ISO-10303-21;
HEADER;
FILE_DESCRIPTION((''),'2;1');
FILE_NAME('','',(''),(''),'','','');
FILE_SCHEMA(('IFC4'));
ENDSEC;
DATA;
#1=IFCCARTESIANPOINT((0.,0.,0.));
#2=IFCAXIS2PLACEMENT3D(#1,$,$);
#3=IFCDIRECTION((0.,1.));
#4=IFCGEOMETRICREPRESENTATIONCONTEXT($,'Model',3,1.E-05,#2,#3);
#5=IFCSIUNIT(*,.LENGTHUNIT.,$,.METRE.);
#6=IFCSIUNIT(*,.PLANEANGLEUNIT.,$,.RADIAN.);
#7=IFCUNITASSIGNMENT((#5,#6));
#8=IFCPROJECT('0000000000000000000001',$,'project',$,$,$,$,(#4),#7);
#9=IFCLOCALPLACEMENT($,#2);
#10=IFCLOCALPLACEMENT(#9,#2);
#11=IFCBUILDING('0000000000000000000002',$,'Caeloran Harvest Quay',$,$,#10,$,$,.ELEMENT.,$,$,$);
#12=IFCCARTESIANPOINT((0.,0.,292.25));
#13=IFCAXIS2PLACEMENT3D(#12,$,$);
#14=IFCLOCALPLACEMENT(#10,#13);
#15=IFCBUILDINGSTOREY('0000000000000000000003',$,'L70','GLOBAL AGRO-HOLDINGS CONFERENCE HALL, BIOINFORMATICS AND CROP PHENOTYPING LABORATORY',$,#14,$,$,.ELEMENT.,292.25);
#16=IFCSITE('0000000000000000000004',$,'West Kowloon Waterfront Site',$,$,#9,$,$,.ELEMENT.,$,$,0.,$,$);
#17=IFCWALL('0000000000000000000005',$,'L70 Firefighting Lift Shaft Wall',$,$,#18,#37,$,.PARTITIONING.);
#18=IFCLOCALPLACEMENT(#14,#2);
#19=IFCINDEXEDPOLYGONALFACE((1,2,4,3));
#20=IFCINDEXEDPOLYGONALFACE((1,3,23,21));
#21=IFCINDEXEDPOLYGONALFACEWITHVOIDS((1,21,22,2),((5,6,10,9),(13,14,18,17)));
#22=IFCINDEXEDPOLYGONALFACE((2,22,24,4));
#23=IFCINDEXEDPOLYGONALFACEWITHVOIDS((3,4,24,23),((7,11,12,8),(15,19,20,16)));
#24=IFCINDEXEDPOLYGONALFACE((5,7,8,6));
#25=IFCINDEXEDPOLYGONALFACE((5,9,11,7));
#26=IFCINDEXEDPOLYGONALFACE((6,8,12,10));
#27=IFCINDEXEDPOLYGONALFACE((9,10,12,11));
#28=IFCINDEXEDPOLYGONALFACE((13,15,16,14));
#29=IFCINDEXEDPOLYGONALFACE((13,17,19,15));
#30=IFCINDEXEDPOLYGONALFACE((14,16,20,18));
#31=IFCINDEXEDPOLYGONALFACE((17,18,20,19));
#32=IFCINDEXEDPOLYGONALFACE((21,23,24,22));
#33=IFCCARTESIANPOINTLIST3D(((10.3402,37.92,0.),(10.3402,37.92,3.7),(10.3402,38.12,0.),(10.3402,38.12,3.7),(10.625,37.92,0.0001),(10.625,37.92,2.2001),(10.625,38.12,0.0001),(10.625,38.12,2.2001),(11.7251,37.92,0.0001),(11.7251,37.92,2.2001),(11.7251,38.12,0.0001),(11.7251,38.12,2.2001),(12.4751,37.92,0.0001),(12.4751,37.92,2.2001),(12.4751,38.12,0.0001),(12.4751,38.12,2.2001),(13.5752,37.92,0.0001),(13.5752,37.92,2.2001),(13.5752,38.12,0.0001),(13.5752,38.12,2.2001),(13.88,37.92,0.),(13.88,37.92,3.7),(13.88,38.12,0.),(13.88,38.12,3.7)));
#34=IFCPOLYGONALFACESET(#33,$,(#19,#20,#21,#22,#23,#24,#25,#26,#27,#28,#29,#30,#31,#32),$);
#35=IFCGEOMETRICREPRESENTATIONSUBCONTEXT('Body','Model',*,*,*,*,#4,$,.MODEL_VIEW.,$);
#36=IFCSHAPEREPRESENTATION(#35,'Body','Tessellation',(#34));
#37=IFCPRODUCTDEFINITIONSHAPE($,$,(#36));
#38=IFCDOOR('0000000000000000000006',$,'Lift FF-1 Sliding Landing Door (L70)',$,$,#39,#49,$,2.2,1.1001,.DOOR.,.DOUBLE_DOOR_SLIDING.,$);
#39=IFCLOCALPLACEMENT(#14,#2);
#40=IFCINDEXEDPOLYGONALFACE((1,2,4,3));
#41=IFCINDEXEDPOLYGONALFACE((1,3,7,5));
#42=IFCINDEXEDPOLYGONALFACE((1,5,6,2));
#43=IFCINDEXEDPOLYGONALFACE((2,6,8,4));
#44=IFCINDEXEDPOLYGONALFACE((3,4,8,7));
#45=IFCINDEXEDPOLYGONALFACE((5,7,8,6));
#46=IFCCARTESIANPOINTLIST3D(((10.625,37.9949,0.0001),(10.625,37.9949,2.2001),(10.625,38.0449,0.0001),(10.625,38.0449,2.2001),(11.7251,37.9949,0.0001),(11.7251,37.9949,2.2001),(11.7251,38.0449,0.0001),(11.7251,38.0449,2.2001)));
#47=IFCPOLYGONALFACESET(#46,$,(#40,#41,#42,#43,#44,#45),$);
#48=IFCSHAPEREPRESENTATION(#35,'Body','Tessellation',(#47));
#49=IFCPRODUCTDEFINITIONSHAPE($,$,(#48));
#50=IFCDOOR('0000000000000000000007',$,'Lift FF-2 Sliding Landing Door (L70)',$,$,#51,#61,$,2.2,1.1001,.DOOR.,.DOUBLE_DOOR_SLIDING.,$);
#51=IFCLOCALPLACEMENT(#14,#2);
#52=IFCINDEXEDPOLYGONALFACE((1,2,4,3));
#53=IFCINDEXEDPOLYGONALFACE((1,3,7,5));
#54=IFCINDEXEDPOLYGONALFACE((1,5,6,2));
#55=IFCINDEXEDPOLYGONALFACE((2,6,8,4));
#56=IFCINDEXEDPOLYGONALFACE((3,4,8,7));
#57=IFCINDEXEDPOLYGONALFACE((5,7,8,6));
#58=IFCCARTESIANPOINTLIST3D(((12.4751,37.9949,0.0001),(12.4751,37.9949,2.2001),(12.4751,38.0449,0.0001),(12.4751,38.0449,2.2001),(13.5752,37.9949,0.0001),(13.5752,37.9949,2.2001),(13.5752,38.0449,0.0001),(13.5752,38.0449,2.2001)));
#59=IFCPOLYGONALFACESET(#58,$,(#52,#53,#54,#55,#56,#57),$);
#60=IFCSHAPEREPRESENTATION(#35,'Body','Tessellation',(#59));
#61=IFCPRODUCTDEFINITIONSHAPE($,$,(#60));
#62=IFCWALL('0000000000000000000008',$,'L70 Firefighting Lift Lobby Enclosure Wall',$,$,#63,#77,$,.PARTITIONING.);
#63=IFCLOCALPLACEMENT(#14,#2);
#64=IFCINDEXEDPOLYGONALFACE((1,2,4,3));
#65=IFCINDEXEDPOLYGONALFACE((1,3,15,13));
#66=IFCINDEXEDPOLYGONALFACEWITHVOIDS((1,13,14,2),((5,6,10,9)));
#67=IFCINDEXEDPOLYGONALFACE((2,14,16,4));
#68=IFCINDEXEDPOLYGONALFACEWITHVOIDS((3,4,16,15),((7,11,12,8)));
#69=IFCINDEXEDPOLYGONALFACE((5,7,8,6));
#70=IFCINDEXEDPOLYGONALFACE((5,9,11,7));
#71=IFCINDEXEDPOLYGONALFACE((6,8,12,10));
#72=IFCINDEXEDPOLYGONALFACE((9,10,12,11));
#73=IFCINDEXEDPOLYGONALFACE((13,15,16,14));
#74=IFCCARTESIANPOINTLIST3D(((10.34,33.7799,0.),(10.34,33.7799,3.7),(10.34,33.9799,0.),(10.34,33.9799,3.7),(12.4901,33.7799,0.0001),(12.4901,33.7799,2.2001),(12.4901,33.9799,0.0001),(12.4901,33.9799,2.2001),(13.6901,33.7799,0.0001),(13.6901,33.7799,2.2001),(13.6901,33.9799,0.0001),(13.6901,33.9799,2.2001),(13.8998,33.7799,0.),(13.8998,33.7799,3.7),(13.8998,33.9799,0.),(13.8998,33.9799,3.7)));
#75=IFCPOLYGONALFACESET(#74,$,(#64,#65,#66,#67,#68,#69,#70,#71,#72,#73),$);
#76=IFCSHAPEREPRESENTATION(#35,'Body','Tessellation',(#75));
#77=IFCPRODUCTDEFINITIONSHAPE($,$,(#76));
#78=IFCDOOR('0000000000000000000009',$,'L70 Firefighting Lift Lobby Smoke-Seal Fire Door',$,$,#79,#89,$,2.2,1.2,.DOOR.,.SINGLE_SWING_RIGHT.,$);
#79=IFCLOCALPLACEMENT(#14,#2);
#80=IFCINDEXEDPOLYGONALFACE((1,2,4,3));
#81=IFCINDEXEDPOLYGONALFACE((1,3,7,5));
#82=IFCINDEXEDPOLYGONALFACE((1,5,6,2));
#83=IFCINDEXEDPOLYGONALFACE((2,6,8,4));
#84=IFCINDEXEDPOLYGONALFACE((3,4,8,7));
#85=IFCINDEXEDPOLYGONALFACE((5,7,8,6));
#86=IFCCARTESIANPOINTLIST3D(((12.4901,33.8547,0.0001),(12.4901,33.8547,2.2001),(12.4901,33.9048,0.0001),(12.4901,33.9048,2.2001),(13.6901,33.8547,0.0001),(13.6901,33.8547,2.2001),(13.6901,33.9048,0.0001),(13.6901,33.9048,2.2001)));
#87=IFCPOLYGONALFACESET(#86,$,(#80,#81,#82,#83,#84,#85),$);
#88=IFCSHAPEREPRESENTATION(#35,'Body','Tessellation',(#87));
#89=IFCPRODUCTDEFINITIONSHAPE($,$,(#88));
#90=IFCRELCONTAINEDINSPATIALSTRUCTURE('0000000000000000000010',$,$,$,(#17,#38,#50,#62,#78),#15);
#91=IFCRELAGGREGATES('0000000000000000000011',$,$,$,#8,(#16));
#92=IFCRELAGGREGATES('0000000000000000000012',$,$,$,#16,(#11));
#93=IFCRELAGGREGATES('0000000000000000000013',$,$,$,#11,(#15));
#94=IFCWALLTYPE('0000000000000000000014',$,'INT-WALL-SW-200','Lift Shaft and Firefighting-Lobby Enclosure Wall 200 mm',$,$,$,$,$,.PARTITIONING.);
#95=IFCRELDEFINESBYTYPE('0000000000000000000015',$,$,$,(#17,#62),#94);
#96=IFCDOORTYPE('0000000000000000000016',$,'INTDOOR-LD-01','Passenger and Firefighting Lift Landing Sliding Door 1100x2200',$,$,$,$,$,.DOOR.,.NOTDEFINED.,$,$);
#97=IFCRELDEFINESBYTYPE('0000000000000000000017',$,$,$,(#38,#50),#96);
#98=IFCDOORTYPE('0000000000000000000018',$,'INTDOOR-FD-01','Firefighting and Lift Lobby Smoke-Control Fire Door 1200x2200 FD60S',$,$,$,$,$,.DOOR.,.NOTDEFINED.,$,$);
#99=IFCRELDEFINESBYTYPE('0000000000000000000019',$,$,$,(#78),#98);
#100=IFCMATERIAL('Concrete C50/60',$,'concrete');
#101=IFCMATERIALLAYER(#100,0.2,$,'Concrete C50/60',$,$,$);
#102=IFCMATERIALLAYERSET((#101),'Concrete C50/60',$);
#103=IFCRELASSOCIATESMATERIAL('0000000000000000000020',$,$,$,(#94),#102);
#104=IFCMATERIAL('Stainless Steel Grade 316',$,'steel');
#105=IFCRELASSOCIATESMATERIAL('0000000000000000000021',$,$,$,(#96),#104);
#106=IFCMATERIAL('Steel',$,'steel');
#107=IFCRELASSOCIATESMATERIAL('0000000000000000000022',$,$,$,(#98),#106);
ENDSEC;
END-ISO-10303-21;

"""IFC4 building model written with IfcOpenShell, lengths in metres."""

from ifc_helpers import new_model, si_unit, direction, frame, frame_2d, origin, place, context, subcontext, project, spatial, rectangle, extrude, material, layer, layer_set, type_object, element, fill, save


model = new_model("IFC4")

# Units and contexts
model_context = context("Model", 3, precision=1e-05, world=origin(), true_north=direction((0.0, 1.0)))
body_context = subcontext(model_context, "Body", "Model", "MODEL_VIEW")
ifc_project = project(units=[si_unit("LENGTHUNIT", "METRE"), si_unit("PLANEANGLEUNIT", "RADIAN")], contexts=[model_context])

# Site, building, storey
site_placement = place(None, origin())
site = spatial("IfcSite", under=ifc_project, at=site_placement, Name="West Kowloon Waterfront Site", CompositionType="ELEMENT", RefElevation=0.0)
building_placement = place(site_placement, origin())
building = spatial("IfcBuilding", under=site, at=building_placement, Name="Caeloran Harvest Quay", CompositionType="ELEMENT")
storey_placement = place(building_placement, frame((0.0, 0.0, 292.25)))
storey = spatial("IfcBuildingStorey", under=building, at=storey_placement, Name="L70", Description="GLOBAL AGRO-HOLDINGS CONFERENCE HALL, BIOINFORMATICS AND CROP PHENOTYPING LABORATORY", CompositionType="ELEMENT", Elevation=292.25)

# Shared definitions
ifc_material_1 = material(Name="Concrete C50/60", Category="concrete")
ifc_layer_1 = layer(ifc_material_1, 0.2, Name="Concrete C50/60")
ifc_layer_set_1 = layer_set([ifc_layer_1], Name="Concrete C50/60")
wall_type_1 = type_object("IfcWallType", Name="INT-WALL-SW-200", Description="Lift Shaft and Firefighting-Lobby Enclosure Wall 200 mm", PredefinedType="PARTITIONING", material=ifc_layer_set_1)
ifc_material_2 = material(Name="Stainless Steel Grade 316", Category="steel")
door_type_1 = type_object("IfcDoorType", Name="INTDOOR-LD-01", Description="Passenger and Firefighting Lift Landing Sliding Door 1100x2200", OperationType="NOTDEFINED", PredefinedType="DOOR", material=ifc_material_2)

# Wall, openings, doors
wall_1_placement = place(storey_placement, frame((10.3401, 38.02, 0.0), z_axis=(0.0, 0.0, 1.0), x_axis=(1.0, 0.0, 0.0)))
wall_1 = element("IfcWall", 1, at=wall_1_placement, inside=storey, type_object=wall_type_1, Name="L70 Firefighting Lift Shaft Wall", PredefinedType="PARTITIONING", context=body_context, shape_type="SweptSolid", body=[
    extrude(rectangle(XDim=3.5398, YDim=0.2, at=frame_2d((1.77, 0.0))), origin(), (0.0, 0.0, 1.0), 3.7),
])
opening_1_placement = place(wall_1_placement, frame((0.2849, 0.0, 0.0)))
opening_1 = element("IfcOpeningElement", 2, at=opening_1_placement, cuts=wall_1, PredefinedType="OPENING", context=body_context, shape_type="SweptSolid", body=[
    extrude(rectangle(XDim=1.1001, YDim=2.2, at=frame_2d((0.55, 1.1001))), frame((0.0, 0.1099, 0.0), z_axis=(0.0, -1.0, 0.0), x_axis=(1.0, 0.0, 0.0)), (0.0, 0.0, 1.0), 0.22),
])
opening_2_placement = place(wall_1_placement, frame((2.135, 0.0, 0.0)))
opening_2 = element("IfcOpeningElement", 3, at=opening_2_placement, cuts=wall_1, PredefinedType="OPENING", context=body_context, shape_type="SweptSolid", body=[
    extrude(rectangle(XDim=1.1001, YDim=2.2, at=frame_2d((0.55, 1.1001))), frame((0.0, 0.1099, 0.0), z_axis=(0.0, -1.0, 0.0), x_axis=(1.0, 0.0, 0.0)), (0.0, 0.0, 1.0), 0.22),
])
door_1_placement = place(opening_1_placement, origin())
door_1 = element("IfcDoor", 4, at=door_1_placement, inside=storey, type_object=door_type_1, Name="Lift FF-1 Sliding Landing Door (L70)", OperationType="DOUBLE_DOOR_SLIDING", OverallHeight=2.2, OverallWidth=1.1001, PredefinedType="DOOR", context=body_context, shape_type="SweptSolid", body=[
    extrude(rectangle(XDim=1.1001, YDim=2.2, at=frame_2d((0.55, 1.1001))), frame((0.0, 0.0249, 0.0), z_axis=(0.0, -1.0, 0.0), x_axis=(1.0, 0.0, 0.0)), (0.0, 0.0, 1.0), 0.05),
])
fill(opening_1, door_1)
door_2_placement = place(opening_2_placement, origin())
door_2 = element("IfcDoor", 5, at=door_2_placement, inside=storey, type_object=door_type_1, Name="Lift FF-2 Sliding Landing Door (L70)", OperationType="DOUBLE_DOOR_SLIDING", OverallHeight=2.2, OverallWidth=1.1001, PredefinedType="DOOR", context=body_context, shape_type="SweptSolid", body=[
    extrude(rectangle(XDim=1.1001, YDim=2.2, at=frame_2d((0.55, 1.1001))), frame((0.0, 0.0249, 0.0), z_axis=(0.0, -1.0, 0.0), x_axis=(1.0, 0.0, 0.0)), (0.0, 0.0, 1.0), 0.05),
])
fill(opening_2, door_2)

# Wall, opening, door
wall_2_placement = place(storey_placement, frame((10.3401, 33.8799, 0.0), z_axis=(0.0, 0.0, 1.0), x_axis=(1.0, 0.0, 0.0)))
wall_2 = element("IfcWall", 6, at=wall_2_placement, inside=storey, type_object=wall_type_1, Name="L70 Firefighting Lift Lobby Enclosure Wall", PredefinedType="PARTITIONING", context=body_context, shape_type="SweptSolid", body=[
    extrude(rectangle(XDim=3.5598, YDim=0.2, at=frame_2d((1.7798, 0.0))), origin(), (0.0, 0.0, 1.0), 3.7),
])
opening_3_placement = place(wall_2_placement, frame((2.1499, 0.0, 0.0)))
opening_3 = element("IfcOpeningElement", 7, at=opening_3_placement, cuts=wall_2, PredefinedType="OPENING", context=body_context, shape_type="SweptSolid", body=[
    extrude(rectangle(XDim=1.2, YDim=2.2, at=frame_2d((0.6001, 1.1001))), frame((0.0, 0.1099, 0.0), z_axis=(0.0, -1.0, 0.0), x_axis=(1.0, 0.0, 0.0)), (0.0, 0.0, 1.0), 0.22),
])
ifc_material_3 = material(Name="Steel", Category="steel")
door_type_2 = type_object("IfcDoorType", Name="INTDOOR-FD-01", Description="Firefighting and Lift Lobby Smoke-Control Fire Door 1200x2200 FD60S", OperationType="NOTDEFINED", PredefinedType="DOOR", material=ifc_material_3)
door_3_placement = place(opening_3_placement, origin())
door_3 = element("IfcDoor", 8, at=door_3_placement, inside=storey, type_object=door_type_2, Name="L70 Firefighting Lift Lobby Smoke-Seal Fire Door", OperationType="SINGLE_SWING_RIGHT", OverallHeight=2.2, OverallWidth=1.2, PredefinedType="DOOR", context=body_context, shape_type="SweptSolid", body=[
    extrude(rectangle(XDim=1.2, YDim=2.2, at=frame_2d((0.6001, 1.1001))), frame((0.0, 0.0249, 0.0), z_axis=(0.0, -1.0, 0.0), x_axis=(1.0, 0.0, 0.0)), (0.0, 0.0, 1.0), 0.05),
])
fill(opening_3, door_3)

save(model, "model.ifc")
